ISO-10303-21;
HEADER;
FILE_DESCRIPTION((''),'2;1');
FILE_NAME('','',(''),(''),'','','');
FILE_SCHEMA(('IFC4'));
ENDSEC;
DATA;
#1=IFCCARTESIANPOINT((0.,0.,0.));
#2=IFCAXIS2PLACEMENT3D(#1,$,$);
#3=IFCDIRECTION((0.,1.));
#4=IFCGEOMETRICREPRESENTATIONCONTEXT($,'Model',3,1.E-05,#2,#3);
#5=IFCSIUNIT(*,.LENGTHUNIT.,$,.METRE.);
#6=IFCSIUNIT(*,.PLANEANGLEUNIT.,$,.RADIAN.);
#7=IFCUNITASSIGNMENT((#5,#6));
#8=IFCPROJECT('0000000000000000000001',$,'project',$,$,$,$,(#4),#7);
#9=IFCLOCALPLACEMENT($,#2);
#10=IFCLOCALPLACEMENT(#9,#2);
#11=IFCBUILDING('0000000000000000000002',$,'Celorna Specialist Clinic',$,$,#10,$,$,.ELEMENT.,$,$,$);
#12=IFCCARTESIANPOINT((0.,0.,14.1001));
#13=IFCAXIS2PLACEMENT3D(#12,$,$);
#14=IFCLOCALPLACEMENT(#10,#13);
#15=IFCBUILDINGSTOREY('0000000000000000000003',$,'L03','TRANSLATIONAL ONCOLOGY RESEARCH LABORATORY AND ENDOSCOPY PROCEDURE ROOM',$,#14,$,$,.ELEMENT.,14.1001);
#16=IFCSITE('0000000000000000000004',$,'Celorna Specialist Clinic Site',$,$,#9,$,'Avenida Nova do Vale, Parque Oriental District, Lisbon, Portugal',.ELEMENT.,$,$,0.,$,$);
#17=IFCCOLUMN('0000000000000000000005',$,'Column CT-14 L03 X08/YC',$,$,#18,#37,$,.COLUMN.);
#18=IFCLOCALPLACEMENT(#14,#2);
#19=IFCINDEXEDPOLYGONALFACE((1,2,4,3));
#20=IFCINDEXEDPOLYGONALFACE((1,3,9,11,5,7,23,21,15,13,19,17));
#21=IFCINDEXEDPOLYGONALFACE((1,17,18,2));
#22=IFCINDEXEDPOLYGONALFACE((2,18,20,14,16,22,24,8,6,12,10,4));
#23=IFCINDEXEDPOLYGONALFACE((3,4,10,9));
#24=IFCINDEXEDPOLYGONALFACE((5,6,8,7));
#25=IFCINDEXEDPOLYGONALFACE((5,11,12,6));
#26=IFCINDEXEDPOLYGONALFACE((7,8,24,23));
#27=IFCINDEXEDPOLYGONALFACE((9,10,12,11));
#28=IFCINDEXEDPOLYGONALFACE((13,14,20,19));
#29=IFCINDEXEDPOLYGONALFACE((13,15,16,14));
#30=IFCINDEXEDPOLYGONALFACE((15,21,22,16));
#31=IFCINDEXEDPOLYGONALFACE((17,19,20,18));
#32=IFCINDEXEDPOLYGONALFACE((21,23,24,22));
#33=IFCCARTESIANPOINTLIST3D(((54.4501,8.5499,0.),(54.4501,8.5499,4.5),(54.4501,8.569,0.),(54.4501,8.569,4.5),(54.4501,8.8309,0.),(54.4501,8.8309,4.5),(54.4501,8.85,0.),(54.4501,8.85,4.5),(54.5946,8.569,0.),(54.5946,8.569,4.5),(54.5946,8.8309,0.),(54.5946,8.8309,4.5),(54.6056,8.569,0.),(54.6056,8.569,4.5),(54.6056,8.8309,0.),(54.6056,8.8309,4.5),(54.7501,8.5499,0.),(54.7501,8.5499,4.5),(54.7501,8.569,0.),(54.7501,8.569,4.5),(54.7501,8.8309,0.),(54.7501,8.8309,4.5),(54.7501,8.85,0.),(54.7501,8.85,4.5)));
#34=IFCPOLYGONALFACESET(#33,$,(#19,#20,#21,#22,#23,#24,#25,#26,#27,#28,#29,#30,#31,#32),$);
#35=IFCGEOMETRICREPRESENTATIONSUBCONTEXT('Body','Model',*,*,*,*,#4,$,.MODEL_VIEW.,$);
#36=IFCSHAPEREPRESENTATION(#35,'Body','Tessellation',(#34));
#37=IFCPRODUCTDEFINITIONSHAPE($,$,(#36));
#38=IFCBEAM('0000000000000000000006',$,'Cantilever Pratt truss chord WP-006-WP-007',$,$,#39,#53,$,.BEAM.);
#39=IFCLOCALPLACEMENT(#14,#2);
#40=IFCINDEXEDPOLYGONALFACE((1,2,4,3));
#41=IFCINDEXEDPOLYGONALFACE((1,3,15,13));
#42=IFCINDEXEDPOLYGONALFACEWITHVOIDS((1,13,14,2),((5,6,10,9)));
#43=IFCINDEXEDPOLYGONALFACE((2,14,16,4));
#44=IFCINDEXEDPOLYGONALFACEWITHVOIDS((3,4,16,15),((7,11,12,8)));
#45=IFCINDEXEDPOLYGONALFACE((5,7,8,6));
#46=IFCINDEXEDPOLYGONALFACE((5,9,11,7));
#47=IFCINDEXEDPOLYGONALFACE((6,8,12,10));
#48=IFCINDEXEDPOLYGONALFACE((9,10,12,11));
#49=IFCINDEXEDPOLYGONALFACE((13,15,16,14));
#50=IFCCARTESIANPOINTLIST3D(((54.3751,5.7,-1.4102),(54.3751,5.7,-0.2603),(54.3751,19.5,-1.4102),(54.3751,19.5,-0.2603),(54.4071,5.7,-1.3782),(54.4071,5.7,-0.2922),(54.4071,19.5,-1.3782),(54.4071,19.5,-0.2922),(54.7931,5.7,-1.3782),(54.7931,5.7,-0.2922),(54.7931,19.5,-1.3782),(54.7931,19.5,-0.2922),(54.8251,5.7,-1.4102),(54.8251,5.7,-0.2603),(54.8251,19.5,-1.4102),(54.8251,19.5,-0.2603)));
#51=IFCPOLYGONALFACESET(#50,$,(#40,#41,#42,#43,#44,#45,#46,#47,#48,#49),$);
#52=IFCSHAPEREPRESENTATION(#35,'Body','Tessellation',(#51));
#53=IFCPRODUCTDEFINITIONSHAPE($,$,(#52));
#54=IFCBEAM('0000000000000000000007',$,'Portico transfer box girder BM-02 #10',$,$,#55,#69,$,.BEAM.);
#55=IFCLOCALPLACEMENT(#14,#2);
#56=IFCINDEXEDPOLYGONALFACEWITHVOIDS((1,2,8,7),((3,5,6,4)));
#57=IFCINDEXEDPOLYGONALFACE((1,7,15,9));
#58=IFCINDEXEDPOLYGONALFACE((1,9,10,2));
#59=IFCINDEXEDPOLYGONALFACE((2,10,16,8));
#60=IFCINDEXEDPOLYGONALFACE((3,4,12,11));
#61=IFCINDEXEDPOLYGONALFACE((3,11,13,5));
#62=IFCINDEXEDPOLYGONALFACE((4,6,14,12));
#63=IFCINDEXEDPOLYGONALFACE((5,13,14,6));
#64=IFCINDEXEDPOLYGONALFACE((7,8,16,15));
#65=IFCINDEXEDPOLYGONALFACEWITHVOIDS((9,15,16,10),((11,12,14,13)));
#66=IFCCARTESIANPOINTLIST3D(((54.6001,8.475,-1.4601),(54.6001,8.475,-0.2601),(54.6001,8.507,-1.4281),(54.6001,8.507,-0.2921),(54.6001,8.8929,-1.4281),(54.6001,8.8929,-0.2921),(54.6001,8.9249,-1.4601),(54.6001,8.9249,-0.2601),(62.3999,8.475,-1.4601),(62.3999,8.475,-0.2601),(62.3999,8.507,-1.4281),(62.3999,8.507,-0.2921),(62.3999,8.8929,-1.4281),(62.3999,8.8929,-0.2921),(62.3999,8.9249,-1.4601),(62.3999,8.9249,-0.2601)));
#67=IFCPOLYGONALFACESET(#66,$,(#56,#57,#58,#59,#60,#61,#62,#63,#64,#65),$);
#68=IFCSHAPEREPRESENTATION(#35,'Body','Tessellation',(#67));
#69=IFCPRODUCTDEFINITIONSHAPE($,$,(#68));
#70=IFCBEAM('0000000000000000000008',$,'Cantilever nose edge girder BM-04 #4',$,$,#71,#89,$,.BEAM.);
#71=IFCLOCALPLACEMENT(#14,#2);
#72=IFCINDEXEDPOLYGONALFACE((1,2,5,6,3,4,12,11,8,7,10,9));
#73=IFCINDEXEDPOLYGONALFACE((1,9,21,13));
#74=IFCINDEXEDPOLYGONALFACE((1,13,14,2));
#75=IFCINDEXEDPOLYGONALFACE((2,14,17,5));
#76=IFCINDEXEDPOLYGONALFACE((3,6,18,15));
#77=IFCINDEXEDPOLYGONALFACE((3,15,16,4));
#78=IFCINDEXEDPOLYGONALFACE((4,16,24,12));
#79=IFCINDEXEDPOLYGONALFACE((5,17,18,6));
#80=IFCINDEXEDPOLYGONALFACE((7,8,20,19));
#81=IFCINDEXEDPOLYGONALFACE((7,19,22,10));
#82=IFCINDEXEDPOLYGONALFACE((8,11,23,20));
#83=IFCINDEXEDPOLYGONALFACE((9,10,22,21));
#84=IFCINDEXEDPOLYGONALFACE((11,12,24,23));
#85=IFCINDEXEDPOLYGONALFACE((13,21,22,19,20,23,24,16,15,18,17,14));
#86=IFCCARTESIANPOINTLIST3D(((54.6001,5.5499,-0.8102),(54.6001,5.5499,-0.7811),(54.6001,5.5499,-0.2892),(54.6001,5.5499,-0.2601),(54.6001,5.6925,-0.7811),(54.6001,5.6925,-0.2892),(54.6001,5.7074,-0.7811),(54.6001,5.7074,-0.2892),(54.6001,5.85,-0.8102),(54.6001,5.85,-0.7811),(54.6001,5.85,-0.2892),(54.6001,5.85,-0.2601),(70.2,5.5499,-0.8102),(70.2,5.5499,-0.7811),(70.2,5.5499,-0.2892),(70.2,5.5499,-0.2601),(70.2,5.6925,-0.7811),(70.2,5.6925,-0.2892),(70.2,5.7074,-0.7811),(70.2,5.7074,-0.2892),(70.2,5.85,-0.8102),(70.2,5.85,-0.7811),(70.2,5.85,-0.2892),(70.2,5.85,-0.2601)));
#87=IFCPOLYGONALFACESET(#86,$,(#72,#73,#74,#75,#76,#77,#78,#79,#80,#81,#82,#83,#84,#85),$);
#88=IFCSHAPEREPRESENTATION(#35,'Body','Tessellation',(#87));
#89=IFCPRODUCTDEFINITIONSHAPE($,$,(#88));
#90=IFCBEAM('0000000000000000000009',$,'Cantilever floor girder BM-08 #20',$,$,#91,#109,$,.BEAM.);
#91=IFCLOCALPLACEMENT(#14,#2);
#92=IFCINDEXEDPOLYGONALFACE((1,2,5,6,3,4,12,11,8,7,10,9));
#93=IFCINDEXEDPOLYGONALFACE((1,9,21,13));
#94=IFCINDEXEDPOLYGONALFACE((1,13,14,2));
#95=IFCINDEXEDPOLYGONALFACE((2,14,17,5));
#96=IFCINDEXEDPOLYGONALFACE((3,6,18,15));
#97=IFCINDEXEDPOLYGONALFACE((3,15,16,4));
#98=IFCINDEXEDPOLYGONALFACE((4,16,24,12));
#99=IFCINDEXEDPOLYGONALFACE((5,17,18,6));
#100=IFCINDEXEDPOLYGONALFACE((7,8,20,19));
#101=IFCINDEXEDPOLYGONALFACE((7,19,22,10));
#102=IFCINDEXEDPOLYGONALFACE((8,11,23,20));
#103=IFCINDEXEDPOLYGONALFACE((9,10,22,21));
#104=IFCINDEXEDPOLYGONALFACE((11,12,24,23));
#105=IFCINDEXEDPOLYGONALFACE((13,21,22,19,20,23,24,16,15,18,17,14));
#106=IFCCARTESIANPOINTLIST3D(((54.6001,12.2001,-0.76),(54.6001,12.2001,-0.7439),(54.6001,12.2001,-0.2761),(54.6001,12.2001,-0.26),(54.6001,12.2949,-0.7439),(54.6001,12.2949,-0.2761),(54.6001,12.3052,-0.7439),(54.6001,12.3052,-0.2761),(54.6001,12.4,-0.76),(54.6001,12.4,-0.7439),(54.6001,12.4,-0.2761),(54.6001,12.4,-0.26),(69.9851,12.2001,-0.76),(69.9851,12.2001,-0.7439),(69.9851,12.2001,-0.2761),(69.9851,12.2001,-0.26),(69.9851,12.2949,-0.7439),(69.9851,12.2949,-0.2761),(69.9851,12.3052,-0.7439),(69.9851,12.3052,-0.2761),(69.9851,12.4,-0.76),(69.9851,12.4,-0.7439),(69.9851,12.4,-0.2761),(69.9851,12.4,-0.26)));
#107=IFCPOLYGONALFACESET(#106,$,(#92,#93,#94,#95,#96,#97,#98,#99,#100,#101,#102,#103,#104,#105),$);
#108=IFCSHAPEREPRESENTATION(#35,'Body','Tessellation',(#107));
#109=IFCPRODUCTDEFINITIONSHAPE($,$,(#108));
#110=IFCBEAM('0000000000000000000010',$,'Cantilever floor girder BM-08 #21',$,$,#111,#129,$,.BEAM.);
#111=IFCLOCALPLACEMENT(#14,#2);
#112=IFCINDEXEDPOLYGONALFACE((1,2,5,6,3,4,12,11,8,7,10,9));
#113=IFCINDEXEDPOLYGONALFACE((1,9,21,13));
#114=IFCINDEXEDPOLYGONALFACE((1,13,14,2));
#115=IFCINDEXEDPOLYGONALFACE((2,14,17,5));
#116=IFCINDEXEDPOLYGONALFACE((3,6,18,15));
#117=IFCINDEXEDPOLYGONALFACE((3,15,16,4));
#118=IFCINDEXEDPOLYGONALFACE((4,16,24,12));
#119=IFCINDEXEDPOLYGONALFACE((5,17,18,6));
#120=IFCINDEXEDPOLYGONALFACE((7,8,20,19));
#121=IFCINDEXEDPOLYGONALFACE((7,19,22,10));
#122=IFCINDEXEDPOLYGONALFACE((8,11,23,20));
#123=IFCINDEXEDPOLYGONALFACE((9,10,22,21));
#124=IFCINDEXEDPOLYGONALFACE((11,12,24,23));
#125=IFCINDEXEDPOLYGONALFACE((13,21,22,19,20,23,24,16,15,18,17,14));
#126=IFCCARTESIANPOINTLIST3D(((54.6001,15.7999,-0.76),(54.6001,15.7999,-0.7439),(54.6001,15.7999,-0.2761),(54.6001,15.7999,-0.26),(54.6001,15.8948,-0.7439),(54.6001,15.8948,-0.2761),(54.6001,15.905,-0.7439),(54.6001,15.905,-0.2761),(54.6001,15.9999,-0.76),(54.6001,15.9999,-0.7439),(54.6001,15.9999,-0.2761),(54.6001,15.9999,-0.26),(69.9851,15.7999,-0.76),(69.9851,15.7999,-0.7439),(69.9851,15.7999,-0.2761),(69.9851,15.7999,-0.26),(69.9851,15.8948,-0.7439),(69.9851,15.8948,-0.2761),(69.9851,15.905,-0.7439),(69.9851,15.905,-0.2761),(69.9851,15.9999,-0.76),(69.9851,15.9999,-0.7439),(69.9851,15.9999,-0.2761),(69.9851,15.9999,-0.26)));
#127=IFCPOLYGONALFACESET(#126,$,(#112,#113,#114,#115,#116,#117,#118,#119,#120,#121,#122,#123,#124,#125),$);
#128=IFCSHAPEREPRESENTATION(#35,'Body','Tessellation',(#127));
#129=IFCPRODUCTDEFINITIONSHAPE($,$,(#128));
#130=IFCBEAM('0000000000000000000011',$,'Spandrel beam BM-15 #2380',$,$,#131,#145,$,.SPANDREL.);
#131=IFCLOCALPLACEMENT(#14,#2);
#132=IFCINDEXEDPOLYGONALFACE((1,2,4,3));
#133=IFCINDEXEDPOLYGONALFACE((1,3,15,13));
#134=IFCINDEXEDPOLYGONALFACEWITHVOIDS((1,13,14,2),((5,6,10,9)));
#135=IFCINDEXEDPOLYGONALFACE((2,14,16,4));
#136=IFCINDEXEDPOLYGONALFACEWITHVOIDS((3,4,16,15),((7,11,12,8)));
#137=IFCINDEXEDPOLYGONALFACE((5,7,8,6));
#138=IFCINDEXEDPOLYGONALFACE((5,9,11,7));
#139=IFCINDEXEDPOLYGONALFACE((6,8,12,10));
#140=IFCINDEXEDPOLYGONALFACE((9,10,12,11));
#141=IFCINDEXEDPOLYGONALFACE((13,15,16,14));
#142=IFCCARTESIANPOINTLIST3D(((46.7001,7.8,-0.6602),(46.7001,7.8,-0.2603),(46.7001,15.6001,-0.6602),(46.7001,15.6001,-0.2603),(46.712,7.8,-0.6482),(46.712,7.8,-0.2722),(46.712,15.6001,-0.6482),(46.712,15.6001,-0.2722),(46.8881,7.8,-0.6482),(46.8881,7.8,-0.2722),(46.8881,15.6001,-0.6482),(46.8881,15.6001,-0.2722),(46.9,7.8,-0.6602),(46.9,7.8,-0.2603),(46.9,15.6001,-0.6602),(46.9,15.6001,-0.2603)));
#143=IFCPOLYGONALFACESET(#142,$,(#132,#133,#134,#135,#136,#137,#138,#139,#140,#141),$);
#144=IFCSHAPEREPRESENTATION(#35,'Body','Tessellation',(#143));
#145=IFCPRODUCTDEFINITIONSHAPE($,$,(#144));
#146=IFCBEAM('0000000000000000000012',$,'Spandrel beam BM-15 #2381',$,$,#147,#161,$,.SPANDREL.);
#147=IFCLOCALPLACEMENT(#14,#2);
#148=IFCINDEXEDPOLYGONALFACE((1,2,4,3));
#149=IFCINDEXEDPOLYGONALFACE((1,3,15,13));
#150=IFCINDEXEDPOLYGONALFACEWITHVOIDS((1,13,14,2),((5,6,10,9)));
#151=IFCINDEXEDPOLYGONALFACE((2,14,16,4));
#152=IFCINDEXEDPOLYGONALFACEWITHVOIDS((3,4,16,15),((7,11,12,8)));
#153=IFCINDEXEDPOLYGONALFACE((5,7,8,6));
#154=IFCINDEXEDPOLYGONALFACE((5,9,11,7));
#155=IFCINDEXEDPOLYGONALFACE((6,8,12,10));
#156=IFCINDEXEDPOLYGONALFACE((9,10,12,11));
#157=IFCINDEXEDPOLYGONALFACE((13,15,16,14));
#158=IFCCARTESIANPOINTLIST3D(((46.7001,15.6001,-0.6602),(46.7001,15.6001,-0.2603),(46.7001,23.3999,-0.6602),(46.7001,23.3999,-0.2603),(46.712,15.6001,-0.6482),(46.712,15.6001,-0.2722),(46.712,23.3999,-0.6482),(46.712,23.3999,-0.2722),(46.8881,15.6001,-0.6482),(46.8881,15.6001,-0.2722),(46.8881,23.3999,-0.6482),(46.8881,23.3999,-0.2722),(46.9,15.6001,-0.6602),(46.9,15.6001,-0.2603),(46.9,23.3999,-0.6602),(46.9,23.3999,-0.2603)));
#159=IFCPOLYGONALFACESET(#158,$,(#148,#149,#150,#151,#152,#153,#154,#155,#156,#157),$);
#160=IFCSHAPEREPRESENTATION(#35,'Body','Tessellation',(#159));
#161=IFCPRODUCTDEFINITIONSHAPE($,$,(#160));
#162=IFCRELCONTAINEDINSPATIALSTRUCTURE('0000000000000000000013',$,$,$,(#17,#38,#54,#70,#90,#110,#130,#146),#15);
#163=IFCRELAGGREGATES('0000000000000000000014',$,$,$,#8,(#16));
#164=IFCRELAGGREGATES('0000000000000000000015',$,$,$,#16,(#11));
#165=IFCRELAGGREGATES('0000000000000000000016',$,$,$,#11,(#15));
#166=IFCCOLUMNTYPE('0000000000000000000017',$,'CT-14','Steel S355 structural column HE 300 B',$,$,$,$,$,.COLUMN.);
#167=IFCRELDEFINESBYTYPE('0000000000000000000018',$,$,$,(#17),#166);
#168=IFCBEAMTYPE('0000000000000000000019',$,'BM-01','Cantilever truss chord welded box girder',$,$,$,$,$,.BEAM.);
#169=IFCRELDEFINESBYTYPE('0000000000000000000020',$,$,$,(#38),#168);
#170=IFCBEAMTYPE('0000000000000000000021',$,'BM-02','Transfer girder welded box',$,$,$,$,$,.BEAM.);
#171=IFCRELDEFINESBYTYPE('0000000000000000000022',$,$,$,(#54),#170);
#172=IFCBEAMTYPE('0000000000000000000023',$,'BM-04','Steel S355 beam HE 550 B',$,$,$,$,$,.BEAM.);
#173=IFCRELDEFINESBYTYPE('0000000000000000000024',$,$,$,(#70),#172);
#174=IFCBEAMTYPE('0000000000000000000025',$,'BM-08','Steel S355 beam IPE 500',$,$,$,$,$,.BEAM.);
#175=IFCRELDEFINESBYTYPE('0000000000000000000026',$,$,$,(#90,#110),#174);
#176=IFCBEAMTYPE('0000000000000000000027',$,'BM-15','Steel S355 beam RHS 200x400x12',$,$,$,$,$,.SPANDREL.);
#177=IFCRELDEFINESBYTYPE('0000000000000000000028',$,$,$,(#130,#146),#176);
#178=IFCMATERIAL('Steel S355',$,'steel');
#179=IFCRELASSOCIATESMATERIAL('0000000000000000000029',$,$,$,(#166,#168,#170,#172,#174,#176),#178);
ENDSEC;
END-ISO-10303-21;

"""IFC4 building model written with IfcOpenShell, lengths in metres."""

from ifc_helpers import new_model, si_unit, direction, frame, origin, origin_2d, place, context, subcontext, project, spatial, hollow_rectangle, i_section, extrude, material, material_profile, profile_set, type_object, element, save


model = new_model("IFC4")

# Units and contexts
model_context = context("Model", 3, precision=1e-05, world=origin(), true_north=direction((0.0, 1.0)))
body_context = subcontext(model_context, "Body", "Model", "MODEL_VIEW")
ifc_project = project(units=[si_unit("LENGTHUNIT", "METRE"), si_unit("PLANEANGLEUNIT", "RADIAN")], contexts=[model_context])

# Site, building, storey
site_placement = place(None, origin())
site = spatial("IfcSite", under=ifc_project, at=site_placement, Name="Celorna Specialist Clinic Site", LongName="Avenida Nova do Vale, Parque Oriental District, Lisbon, Portugal", CompositionType="ELEMENT", RefElevation=0.0)
building_placement = place(site_placement, origin())
building = spatial("IfcBuilding", under=site, at=building_placement, Name="Celorna Specialist Clinic", CompositionType="ELEMENT")
storey_placement = place(building_placement, frame((0.0, 0.0, 14.1001)))
storey = spatial("IfcBuildingStorey", under=building, at=storey_placement, Name="L03", Description="TRANSLATIONAL ONCOLOGY RESEARCH LABORATORY AND ENDOSCOPY PROCEDURE ROOM", CompositionType="ELEMENT", Elevation=14.1001)

# Column
ifc_material_1 = material(Name="Steel S355", Category="steel")
ifc_material_profile_1 = material_profile(ifc_material_1, i_section(OverallWidth=0.3, OverallDepth=0.3, WebThickness=0.011, FlangeThickness=0.019, at=origin_2d()), Name="HE 300 B")
ifc_profile_set_1 = profile_set([ifc_material_profile_1], Name="Steel S355")
column_type = type_object("IfcColumnType", Name="CT-14", Description="Steel S355 structural column HE 300 B", PredefinedType="COLUMN", material=ifc_profile_set_1)
column_placement = place(storey_placement, frame((54.6001, 8.7, 0.0), z_axis=(0.0, 0.0, 1.0), x_axis=(1.0, 0.0, 0.0)))
element("IfcColumn", 1, at=column_placement, inside=storey, type_object=column_type, Name="Column CT-14 L03 X08/YC", PredefinedType="COLUMN", context=body_context, shape_type="SweptSolid", body=[
    extrude(i_section(OverallWidth=0.3, OverallDepth=0.3, WebThickness=0.011, FlangeThickness=0.019, at=origin_2d()), origin(), (0.0, 0.0, 1.0), 4.5),
])

# Beams
ifc_material_profile_2 = material_profile(ifc_material_1, hollow_rectangle(XDim=0.45, YDim=1.1499, WallThickness=0.032, at=origin_2d()), Name="BOX 450x1150x32")
ifc_profile_set_2 = profile_set([ifc_material_profile_2], Name="Steel S355")
beam_type_1 = type_object("IfcBeamType", Name="BM-01", Description="Cantilever truss chord welded box girder", PredefinedType="BEAM", material=ifc_profile_set_2)
beam_1_placement = place(storey_placement, frame((54.6001, 5.7, -0.8352), z_axis=(0.0, 1.0, 0.0), x_axis=(-1.0, 0.0, 0.0)))
element("IfcBeam", 2, at=beam_1_placement, inside=storey, type_object=beam_type_1, Name="Cantilever Pratt truss chord WP-006-WP-007", PredefinedType="BEAM", context=body_context, shape_type="SweptSolid", body=[
    extrude(hollow_rectangle(XDim=0.45, YDim=1.1499, WallThickness=0.032, at=origin_2d()), origin(), (0.0, 0.0, 1.0), 13.8),
])
ifc_material_profile_3 = material_profile(ifc_material_1, hollow_rectangle(XDim=0.45, YDim=1.2, WallThickness=0.032, at=origin_2d()), Name="BOX 450x1200x32")
ifc_profile_set_3 = profile_set([ifc_material_profile_3], Name="Steel S355")
beam_type_2 = type_object("IfcBeamType", Name="BM-02", Description="Transfer girder welded box", PredefinedType="BEAM", material=ifc_profile_set_3)
beam_2_placement = place(storey_placement, frame((54.6001, 8.7, -0.8601), z_axis=(1.0, 0.0, 0.0), x_axis=(0.0, 1.0, 0.0)))
element("IfcBeam", 3, at=beam_2_placement, inside=storey, type_object=beam_type_2, Name="Portico transfer box girder BM-02 #10", PredefinedType="BEAM", context=body_context, shape_type="SweptSolid", body=[
    extrude(hollow_rectangle(XDim=0.45, YDim=1.2, WallThickness=0.032, at=origin_2d()), origin(), (0.0, 0.0, 1.0), 7.7998),
])
ifc_material_profile_4 = material_profile(ifc_material_1, i_section(OverallWidth=0.3, OverallDepth=0.55, WebThickness=0.0149, FlangeThickness=0.0291, at=origin_2d()), Name="HE 550 B")
ifc_profile_set_4 = profile_set([ifc_material_profile_4], Name="Steel S355")
beam_type_3 = type_object("IfcBeamType", Name="BM-04", Description="Steel S355 beam HE 550 B", PredefinedType="BEAM", material=ifc_profile_set_4)
beam_3_placement = place(storey_placement, frame((54.6001, 5.7, -0.5352), z_axis=(1.0, 0.0, 0.0), x_axis=(0.0, 1.0, 0.0)))
element("IfcBeam", 4, at=beam_3_placement, inside=storey, type_object=beam_type_3, Name="Cantilever nose edge girder BM-04 #4", PredefinedType="BEAM", context=body_context, shape_type="SweptSolid", body=[
    extrude(i_section(OverallWidth=0.3, OverallDepth=0.55, WebThickness=0.0149, FlangeThickness=0.0291, at=origin_2d()), origin(), (0.0, 0.0, 1.0), 15.5999),
])
ifc_material_profile_5 = material_profile(ifc_material_1, i_section(OverallWidth=0.2, OverallDepth=0.5, WebThickness=0.0103, FlangeThickness=0.0161, at=origin_2d()), Name="IPE 500")
ifc_profile_set_5 = profile_set([ifc_material_profile_5], Name="Steel S355")
beam_type_4 = type_object("IfcBeamType", Name="BM-08", Description="Steel S355 beam IPE 500", PredefinedType="BEAM", material=ifc_profile_set_5)
for number, where, z_axis, x_axis, name in (
    (5, (54.6001, 12.3, -0.51), (1.0, 0.0, 0.0), (0.0, 1.0, 0.0), "Cantilever floor girder BM-08 #20"),
    (6, (54.6001, 15.8999, -0.51), (1.0, 0.0, 0.0), (0.0, 1.0, 0.0), "Cantilever floor girder BM-08 #21"),
):
    element("IfcBeam", number, at=place(storey_placement, frame(where, z_axis=z_axis, x_axis=x_axis)), inside=storey, type_object=beam_type_4, Name=name, PredefinedType="BEAM", context=body_context, shape_type="SweptSolid", body=[
        extrude(i_section(OverallWidth=0.2, OverallDepth=0.5, WebThickness=0.0103, FlangeThickness=0.0161, at=origin_2d()), origin(), (0.0, 0.0, 1.0), 15.385),
    ])
ifc_material_profile_6 = material_profile(ifc_material_1, hollow_rectangle(XDim=0.2, YDim=0.3999, WallThickness=0.012, at=origin_2d()), Name="RHS 200x400x12")
ifc_profile_set_6 = profile_set([ifc_material_profile_6], Name="Steel S355")
beam_type_5 = type_object("IfcBeamType", Name="BM-15", Description="Steel S355 beam RHS 200x400x12", PredefinedType="SPANDREL", material=ifc_profile_set_6)
beam_4_placement = place(storey_placement, frame((46.8, 7.8, -0.4602), z_axis=(0.0, 1.0, 0.0), x_axis=(-1.0, 0.0, 0.0)))
element("IfcBeam", 7, at=beam_4_placement, inside=storey, type_object=beam_type_5, Name="Spandrel beam BM-15 #2380", PredefinedType="SPANDREL", context=body_context, shape_type="SweptSolid", body=[
    extrude(hollow_rectangle(XDim=0.2, YDim=0.3999, WallThickness=0.012, at=origin_2d()), origin(), (0.0, 0.0, 1.0), 7.8),
])
beam_5_placement = place(storey_placement, frame((46.8, 15.6001, -0.4602), z_axis=(0.0, 1.0, 0.0), x_axis=(-1.0, 0.0, 0.0)))
element("IfcBeam", 8, at=beam_5_placement, inside=storey, type_object=beam_type_5, Name="Spandrel beam BM-15 #2381", PredefinedType="SPANDREL", context=body_context, shape_type="SweptSolid", body=[
    extrude(hollow_rectangle(XDim=0.2, YDim=0.3999, WallThickness=0.012, at=origin_2d()), origin(), (0.0, 0.0, 1.0), 7.7998),
])

save(model, "model.ifc")
